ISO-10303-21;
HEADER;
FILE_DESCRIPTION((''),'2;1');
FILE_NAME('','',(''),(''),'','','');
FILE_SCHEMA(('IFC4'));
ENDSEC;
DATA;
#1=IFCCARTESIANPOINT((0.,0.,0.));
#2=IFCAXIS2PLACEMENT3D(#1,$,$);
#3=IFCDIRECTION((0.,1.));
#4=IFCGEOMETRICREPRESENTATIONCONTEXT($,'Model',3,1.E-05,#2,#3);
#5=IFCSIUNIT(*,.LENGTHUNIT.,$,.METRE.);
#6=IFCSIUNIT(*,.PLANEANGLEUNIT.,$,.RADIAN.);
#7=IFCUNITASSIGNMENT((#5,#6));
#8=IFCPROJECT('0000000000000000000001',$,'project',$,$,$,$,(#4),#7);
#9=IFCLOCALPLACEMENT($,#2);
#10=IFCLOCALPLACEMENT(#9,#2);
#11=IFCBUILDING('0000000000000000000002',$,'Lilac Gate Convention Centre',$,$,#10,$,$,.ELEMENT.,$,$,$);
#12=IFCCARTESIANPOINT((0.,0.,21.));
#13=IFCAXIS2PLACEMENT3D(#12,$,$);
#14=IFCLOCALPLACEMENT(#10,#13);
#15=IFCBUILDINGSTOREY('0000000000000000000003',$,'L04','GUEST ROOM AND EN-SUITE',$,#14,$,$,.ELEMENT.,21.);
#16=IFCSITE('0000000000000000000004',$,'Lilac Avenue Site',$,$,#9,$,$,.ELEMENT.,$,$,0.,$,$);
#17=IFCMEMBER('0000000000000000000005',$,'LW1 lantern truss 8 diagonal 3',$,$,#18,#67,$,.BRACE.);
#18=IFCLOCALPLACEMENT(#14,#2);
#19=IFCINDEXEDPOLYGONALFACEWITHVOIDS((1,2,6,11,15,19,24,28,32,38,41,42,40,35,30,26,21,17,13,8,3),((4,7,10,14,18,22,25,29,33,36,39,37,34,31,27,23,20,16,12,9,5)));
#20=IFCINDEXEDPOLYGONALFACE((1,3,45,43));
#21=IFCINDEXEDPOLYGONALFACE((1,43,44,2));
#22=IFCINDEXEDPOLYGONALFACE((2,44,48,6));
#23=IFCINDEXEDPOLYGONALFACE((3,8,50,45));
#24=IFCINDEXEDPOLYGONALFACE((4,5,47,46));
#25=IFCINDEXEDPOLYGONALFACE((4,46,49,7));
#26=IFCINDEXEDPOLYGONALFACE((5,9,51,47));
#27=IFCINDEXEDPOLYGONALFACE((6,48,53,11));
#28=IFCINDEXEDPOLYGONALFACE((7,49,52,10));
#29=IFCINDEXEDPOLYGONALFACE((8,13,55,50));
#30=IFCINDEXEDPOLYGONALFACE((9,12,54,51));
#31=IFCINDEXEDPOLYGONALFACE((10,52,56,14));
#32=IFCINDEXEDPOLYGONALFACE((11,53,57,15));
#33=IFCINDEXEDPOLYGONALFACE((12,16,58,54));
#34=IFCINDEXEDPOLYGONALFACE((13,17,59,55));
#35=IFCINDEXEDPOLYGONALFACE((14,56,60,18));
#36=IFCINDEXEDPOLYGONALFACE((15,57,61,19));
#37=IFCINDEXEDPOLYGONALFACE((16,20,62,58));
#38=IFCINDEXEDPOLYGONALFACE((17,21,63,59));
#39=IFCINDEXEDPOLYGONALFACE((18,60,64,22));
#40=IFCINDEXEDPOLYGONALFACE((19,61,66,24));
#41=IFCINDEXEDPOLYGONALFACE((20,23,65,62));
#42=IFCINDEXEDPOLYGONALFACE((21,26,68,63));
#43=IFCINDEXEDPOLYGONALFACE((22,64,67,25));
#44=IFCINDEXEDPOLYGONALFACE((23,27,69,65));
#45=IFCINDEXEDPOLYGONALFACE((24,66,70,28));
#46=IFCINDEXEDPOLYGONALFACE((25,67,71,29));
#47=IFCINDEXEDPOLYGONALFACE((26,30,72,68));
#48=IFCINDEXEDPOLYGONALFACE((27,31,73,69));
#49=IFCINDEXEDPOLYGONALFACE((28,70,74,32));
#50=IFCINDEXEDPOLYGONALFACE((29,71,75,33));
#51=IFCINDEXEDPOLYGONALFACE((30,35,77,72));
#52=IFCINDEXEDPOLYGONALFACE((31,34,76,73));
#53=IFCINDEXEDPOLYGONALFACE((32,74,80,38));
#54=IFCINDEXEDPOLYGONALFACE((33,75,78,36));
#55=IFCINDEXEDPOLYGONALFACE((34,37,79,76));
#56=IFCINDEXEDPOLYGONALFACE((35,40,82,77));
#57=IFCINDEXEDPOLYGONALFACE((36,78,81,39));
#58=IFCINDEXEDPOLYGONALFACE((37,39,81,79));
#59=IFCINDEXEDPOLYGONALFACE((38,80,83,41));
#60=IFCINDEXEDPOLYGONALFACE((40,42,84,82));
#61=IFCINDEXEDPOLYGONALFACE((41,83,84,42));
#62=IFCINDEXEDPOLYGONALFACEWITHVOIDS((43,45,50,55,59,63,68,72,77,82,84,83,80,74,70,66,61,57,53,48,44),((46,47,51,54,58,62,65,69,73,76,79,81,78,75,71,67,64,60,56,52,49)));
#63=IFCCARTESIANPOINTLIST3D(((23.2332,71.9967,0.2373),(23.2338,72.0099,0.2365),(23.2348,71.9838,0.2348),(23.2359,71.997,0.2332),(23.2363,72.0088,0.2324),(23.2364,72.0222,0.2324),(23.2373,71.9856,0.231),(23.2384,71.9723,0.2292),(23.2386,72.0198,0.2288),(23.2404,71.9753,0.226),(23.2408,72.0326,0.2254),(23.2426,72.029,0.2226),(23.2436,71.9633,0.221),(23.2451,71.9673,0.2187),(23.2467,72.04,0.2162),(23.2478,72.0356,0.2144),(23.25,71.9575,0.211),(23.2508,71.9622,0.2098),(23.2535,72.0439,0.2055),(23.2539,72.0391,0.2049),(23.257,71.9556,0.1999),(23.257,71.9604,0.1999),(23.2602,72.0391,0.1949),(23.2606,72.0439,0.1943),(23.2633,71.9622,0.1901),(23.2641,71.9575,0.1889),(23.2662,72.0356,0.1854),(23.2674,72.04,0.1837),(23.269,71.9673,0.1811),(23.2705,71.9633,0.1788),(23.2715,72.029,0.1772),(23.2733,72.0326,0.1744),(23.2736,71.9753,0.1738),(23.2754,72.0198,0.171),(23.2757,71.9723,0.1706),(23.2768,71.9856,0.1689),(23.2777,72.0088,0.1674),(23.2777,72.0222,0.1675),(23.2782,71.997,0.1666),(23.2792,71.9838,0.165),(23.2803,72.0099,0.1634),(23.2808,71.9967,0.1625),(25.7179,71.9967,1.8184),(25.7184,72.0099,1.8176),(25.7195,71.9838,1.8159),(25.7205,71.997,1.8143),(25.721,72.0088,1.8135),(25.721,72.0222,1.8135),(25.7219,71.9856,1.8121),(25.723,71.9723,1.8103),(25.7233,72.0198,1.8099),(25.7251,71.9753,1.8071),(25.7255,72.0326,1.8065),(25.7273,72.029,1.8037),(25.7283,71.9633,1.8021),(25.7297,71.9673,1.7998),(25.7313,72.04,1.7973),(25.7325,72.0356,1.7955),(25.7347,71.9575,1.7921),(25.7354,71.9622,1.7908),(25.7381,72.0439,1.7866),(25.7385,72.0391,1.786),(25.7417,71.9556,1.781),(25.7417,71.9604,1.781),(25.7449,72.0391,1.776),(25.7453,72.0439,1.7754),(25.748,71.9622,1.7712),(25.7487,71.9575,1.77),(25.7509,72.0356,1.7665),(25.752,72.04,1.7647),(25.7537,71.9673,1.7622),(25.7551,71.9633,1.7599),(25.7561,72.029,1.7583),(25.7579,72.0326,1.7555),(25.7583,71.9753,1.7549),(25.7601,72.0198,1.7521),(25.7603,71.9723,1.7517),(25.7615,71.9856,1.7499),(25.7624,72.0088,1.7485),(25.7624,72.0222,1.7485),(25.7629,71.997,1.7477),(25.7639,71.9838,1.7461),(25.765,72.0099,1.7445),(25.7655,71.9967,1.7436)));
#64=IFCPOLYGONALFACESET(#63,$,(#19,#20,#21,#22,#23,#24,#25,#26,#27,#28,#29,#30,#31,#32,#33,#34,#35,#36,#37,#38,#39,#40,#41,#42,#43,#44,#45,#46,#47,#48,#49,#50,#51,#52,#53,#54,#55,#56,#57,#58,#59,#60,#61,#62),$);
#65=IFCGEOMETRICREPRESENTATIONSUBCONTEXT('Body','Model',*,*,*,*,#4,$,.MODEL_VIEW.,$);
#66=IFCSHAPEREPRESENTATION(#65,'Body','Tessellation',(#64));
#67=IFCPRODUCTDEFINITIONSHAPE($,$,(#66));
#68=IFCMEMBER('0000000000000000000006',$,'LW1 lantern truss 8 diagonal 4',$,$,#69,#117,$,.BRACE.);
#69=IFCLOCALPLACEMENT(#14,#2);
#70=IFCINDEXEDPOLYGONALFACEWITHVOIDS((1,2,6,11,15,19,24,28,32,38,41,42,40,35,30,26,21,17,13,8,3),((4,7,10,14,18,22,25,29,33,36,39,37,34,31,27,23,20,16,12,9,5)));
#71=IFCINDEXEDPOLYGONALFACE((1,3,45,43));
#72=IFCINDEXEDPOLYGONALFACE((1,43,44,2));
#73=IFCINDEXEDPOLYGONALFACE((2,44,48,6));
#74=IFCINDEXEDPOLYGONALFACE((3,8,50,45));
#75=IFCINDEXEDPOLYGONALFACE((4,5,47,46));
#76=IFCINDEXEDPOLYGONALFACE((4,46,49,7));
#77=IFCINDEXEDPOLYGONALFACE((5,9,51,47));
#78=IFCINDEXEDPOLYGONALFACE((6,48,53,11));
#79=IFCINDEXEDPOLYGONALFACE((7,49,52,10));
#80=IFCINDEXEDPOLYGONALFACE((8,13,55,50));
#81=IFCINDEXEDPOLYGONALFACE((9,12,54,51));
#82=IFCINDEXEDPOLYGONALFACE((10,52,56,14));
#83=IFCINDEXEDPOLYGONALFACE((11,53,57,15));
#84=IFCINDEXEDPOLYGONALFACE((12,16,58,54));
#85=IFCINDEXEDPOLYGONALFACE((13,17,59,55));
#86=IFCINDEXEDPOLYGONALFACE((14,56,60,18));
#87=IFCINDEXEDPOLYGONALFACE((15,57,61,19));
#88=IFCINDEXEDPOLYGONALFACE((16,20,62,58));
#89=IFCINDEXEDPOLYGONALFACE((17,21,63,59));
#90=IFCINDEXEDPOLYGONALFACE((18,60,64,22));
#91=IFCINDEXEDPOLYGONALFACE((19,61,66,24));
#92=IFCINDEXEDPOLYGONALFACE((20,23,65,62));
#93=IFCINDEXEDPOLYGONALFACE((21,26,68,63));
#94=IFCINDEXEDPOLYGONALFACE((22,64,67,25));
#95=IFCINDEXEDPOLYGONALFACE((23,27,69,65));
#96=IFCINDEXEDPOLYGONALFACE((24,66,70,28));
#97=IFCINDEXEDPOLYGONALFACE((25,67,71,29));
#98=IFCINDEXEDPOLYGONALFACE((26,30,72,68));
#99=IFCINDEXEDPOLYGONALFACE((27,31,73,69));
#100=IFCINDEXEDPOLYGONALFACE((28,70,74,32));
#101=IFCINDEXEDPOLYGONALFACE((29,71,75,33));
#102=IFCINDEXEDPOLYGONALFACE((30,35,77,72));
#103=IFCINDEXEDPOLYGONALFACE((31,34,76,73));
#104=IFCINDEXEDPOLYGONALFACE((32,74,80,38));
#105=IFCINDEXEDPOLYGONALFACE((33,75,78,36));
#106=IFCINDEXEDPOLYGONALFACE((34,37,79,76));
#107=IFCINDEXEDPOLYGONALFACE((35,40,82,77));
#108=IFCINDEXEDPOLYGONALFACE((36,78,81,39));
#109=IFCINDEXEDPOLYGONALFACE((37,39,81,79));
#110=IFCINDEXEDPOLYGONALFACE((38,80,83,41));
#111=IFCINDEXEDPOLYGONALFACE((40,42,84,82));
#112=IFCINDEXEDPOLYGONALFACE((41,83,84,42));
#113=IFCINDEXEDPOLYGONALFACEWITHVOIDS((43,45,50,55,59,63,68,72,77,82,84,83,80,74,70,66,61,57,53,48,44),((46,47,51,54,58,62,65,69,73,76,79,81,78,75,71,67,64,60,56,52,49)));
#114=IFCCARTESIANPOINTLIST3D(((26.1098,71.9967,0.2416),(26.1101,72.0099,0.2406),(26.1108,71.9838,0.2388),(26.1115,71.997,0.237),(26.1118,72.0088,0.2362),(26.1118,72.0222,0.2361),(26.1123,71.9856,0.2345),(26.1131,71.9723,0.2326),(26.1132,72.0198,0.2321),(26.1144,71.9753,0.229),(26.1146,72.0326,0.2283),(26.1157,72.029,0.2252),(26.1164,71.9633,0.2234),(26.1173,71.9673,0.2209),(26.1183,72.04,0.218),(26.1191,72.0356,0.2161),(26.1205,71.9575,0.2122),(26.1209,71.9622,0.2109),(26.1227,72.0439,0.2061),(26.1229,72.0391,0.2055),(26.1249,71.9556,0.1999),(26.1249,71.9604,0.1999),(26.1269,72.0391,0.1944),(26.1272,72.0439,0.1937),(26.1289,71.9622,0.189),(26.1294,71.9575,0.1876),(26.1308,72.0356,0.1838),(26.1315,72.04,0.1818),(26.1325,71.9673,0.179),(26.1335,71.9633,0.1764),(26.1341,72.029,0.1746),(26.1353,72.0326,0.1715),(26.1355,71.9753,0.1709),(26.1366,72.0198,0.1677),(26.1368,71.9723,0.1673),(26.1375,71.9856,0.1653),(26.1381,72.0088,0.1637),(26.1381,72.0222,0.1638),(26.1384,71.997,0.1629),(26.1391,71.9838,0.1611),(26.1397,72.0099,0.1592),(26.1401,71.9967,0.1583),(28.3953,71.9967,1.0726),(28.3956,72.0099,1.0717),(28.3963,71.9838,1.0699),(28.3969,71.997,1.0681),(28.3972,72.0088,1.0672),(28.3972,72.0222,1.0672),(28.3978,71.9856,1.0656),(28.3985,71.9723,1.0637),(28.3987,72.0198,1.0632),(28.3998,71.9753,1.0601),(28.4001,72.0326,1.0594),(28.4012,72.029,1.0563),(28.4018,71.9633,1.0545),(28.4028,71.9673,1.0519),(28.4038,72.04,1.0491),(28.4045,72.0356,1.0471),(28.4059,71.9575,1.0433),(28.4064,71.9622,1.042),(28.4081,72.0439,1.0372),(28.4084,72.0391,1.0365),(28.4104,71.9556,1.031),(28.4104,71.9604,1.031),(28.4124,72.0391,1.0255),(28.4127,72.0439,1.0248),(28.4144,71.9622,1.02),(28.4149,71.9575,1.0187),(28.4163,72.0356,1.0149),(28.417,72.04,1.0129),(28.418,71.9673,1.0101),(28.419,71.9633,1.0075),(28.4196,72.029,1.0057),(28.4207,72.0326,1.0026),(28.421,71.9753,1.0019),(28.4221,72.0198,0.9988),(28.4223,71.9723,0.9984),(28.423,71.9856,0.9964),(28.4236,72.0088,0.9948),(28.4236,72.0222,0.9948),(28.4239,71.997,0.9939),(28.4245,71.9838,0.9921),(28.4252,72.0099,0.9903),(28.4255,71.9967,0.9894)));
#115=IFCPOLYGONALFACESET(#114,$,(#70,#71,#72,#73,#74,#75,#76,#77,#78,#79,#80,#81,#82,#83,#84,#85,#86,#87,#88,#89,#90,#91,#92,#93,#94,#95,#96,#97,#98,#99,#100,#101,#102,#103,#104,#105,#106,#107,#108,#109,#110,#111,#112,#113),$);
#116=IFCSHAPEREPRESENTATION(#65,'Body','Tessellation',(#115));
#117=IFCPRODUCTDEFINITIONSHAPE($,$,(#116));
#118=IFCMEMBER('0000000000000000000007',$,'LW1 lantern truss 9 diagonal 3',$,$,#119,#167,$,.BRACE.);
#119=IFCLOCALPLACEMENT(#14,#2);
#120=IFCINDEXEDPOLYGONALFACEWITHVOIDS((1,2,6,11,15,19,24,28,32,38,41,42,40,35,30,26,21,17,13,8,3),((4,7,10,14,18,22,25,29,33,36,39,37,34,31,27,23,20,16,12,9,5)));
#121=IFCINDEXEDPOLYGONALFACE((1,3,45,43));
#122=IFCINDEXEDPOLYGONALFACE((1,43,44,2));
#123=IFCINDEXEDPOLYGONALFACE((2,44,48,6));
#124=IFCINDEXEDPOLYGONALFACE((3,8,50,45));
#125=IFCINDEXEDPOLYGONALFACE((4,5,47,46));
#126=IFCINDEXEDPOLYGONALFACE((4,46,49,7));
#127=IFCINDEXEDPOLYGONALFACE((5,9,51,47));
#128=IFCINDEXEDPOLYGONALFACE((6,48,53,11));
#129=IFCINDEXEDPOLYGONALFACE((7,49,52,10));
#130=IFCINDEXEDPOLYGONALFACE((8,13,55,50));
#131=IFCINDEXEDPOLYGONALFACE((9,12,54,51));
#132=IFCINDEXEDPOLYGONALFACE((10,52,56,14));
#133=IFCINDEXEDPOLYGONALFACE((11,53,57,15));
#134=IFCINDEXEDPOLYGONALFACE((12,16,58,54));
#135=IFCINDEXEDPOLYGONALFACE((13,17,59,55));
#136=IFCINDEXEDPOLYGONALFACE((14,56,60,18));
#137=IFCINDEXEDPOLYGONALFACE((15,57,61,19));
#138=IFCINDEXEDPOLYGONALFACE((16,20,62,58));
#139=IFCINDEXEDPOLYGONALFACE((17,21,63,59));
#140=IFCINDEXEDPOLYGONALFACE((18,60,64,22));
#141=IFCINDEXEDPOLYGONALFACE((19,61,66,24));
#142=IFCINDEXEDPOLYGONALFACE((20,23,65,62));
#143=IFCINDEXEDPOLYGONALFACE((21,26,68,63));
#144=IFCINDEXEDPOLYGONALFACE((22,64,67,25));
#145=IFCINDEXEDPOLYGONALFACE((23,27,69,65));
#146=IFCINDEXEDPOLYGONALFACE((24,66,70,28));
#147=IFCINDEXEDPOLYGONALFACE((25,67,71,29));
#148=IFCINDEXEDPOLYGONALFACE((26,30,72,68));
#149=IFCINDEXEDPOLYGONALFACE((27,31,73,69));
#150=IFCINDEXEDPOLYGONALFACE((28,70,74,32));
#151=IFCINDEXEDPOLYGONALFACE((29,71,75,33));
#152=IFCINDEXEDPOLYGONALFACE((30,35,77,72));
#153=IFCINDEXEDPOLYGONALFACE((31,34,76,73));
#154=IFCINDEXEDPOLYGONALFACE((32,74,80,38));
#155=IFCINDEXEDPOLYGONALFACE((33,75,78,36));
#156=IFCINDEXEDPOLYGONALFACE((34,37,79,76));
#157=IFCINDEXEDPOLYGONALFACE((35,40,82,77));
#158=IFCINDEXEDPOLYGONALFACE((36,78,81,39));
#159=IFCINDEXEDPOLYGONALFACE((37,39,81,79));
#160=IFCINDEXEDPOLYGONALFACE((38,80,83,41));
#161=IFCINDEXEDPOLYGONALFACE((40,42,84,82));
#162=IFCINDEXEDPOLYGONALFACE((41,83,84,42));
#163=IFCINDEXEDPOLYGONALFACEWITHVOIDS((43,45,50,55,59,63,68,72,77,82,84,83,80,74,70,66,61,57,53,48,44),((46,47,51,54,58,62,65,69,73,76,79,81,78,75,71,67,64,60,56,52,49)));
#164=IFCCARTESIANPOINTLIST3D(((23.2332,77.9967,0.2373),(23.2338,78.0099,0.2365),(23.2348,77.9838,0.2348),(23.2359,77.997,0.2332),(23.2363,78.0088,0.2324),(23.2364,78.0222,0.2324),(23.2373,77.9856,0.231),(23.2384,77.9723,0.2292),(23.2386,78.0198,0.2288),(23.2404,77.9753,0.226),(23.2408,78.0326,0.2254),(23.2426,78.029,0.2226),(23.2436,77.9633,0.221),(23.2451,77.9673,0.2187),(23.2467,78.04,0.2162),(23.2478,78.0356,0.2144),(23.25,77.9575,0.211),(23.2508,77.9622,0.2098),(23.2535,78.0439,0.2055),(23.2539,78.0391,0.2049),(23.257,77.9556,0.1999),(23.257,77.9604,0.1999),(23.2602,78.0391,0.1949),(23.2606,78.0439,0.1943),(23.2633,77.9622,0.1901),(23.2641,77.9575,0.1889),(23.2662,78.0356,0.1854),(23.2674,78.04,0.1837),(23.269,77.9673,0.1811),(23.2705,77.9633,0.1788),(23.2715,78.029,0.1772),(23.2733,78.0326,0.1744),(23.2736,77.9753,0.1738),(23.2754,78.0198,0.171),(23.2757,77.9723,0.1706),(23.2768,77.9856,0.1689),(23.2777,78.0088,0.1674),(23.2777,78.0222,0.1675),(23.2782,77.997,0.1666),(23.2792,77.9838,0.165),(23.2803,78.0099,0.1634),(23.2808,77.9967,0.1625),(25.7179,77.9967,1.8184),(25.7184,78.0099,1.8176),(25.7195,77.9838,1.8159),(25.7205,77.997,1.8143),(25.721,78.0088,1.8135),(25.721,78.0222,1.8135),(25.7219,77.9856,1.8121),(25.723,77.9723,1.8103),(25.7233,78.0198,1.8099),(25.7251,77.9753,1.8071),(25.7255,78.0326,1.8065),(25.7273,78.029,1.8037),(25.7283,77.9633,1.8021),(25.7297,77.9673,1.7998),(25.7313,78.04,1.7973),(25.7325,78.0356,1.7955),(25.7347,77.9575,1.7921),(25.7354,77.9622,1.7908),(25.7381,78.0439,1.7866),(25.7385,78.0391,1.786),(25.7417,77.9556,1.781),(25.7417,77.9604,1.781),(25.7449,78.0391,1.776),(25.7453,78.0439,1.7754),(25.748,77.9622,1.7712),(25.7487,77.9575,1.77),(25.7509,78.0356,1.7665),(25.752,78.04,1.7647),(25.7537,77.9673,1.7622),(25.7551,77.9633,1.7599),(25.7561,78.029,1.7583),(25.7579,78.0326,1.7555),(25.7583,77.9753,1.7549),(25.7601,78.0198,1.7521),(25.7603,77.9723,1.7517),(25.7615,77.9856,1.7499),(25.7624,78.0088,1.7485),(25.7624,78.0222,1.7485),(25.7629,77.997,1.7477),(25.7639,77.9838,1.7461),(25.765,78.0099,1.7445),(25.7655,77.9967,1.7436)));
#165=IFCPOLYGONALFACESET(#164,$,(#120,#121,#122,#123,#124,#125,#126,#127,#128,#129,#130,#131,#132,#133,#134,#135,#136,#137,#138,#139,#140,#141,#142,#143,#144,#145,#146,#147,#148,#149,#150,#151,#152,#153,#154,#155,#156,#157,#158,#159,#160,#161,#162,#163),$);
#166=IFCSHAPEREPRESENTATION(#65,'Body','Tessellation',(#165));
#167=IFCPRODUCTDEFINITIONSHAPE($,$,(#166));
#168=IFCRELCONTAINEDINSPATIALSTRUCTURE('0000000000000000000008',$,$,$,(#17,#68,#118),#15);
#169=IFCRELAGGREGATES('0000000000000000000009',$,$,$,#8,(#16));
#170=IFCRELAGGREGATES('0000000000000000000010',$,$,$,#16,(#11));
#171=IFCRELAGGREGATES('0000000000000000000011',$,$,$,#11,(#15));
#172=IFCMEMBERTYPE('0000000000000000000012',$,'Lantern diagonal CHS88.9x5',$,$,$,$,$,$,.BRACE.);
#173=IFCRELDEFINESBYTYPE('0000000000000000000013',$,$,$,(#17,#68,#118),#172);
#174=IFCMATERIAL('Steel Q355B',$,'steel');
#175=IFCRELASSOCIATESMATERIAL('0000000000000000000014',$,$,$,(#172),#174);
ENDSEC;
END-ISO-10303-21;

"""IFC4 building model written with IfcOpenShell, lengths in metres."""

from ifc_helpers import new_model, si_unit, direction, frame, origin, origin_2d, place, context, subcontext, project, spatial, hollow_circle, extrude, material, material_profile, profile_set, type_object, element, save


model = new_model("IFC4")

# Units and contexts
model_context = context("Model", 3, precision=1e-05, world=origin(), true_north=direction((0.0, 1.0)))
body_context = subcontext(model_context, "Body", "Model", "MODEL_VIEW")
ifc_project = project(units=[si_unit("LENGTHUNIT", "METRE"), si_unit("PLANEANGLEUNIT", "RADIAN")], contexts=[model_context])

# Site, building, storey
site_placement = place(None, origin())
site = spatial("IfcSite", under=ifc_project, at=site_placement, Name="Lilac Avenue Site", CompositionType="ELEMENT", RefElevation=0.0)
building_placement = place(site_placement, origin())
building = spatial("IfcBuilding", under=site, at=building_placement, Name="Lilac Gate Convention Centre", CompositionType="ELEMENT")
storey_placement = place(building_placement, frame((0.0, 0.0, 21.0)))
storey = spatial("IfcBuildingStorey", under=building, at=storey_placement, Name="L04", Description="GUEST ROOM AND EN-SUITE", CompositionType="ELEMENT", Elevation=21.0)

# Members
ifc_material_1 = material(Name="Steel Q355B", Category="steel")
ifc_material_profile_1 = material_profile(ifc_material_1, hollow_circle(Radius=0.0444, WallThickness=0.0049, at=origin_2d()), Name="CHS88.9x5")
ifc_profile_set_1 = profile_set([ifc_material_profile_1], Name="Steel Q355B")
member_type_1 = type_object("IfcMemberType", Name="Lantern diagonal CHS88.9x5", PredefinedType="BRACE", material=ifc_profile_set_1)
member_1_placement = place(storey_placement, frame((25.7417, 72.0, 1.781), z_axis=(-0.843672, 0.0, -0.536859), x_axis=(0.0, -1.0, 0.0)))
element("IfcMember", 1, at=member_1_placement, inside=storey, type_object=member_type_1, Name="LW1 lantern truss 8 diagonal 3", PredefinedType="BRACE", context=body_context, shape_type="SweptSolid", body=[
    extrude(hollow_circle(Radius=0.0444, WallThickness=0.0049, at=origin_2d()), origin(), (0.0, 0.0, 1.0), 2.9451),
])
member_2_placement = place(storey_placement, frame((28.4104, 72.0, 1.031), z_axis=(-0.939793, 0.0, -0.341743), x_axis=(0.0, -1.0, 0.0)))
element("IfcMember", 2, at=member_2_placement, inside=storey, type_object=member_type_1, Name="LW1 lantern truss 8 diagonal 4", PredefinedType="BRACE", context=body_context, shape_type="SweptSolid", body=[
    extrude(hollow_circle(Radius=0.0444, WallThickness=0.0049, at=origin_2d()), origin(), (0.0, 0.0, 1.0), 2.4319),
])
member_3_placement = place(storey_placement, frame((25.7417, 78.0, 1.781), z_axis=(-0.843672, 0.0, -0.536859), x_axis=(0.0, -1.0, 0.0)))
element("IfcMember", 3, at=member_3_placement, inside=storey, type_object=member_type_1, Name="LW1 lantern truss 9 diagonal 3", PredefinedType="BRACE", context=body_context, shape_type="SweptSolid", body=[
    extrude(hollow_circle(Radius=0.0444, WallThickness=0.0049, at=origin_2d()), origin(), (0.0, 0.0, 1.0), 2.9451),
])

save(model, "model.ifc")
